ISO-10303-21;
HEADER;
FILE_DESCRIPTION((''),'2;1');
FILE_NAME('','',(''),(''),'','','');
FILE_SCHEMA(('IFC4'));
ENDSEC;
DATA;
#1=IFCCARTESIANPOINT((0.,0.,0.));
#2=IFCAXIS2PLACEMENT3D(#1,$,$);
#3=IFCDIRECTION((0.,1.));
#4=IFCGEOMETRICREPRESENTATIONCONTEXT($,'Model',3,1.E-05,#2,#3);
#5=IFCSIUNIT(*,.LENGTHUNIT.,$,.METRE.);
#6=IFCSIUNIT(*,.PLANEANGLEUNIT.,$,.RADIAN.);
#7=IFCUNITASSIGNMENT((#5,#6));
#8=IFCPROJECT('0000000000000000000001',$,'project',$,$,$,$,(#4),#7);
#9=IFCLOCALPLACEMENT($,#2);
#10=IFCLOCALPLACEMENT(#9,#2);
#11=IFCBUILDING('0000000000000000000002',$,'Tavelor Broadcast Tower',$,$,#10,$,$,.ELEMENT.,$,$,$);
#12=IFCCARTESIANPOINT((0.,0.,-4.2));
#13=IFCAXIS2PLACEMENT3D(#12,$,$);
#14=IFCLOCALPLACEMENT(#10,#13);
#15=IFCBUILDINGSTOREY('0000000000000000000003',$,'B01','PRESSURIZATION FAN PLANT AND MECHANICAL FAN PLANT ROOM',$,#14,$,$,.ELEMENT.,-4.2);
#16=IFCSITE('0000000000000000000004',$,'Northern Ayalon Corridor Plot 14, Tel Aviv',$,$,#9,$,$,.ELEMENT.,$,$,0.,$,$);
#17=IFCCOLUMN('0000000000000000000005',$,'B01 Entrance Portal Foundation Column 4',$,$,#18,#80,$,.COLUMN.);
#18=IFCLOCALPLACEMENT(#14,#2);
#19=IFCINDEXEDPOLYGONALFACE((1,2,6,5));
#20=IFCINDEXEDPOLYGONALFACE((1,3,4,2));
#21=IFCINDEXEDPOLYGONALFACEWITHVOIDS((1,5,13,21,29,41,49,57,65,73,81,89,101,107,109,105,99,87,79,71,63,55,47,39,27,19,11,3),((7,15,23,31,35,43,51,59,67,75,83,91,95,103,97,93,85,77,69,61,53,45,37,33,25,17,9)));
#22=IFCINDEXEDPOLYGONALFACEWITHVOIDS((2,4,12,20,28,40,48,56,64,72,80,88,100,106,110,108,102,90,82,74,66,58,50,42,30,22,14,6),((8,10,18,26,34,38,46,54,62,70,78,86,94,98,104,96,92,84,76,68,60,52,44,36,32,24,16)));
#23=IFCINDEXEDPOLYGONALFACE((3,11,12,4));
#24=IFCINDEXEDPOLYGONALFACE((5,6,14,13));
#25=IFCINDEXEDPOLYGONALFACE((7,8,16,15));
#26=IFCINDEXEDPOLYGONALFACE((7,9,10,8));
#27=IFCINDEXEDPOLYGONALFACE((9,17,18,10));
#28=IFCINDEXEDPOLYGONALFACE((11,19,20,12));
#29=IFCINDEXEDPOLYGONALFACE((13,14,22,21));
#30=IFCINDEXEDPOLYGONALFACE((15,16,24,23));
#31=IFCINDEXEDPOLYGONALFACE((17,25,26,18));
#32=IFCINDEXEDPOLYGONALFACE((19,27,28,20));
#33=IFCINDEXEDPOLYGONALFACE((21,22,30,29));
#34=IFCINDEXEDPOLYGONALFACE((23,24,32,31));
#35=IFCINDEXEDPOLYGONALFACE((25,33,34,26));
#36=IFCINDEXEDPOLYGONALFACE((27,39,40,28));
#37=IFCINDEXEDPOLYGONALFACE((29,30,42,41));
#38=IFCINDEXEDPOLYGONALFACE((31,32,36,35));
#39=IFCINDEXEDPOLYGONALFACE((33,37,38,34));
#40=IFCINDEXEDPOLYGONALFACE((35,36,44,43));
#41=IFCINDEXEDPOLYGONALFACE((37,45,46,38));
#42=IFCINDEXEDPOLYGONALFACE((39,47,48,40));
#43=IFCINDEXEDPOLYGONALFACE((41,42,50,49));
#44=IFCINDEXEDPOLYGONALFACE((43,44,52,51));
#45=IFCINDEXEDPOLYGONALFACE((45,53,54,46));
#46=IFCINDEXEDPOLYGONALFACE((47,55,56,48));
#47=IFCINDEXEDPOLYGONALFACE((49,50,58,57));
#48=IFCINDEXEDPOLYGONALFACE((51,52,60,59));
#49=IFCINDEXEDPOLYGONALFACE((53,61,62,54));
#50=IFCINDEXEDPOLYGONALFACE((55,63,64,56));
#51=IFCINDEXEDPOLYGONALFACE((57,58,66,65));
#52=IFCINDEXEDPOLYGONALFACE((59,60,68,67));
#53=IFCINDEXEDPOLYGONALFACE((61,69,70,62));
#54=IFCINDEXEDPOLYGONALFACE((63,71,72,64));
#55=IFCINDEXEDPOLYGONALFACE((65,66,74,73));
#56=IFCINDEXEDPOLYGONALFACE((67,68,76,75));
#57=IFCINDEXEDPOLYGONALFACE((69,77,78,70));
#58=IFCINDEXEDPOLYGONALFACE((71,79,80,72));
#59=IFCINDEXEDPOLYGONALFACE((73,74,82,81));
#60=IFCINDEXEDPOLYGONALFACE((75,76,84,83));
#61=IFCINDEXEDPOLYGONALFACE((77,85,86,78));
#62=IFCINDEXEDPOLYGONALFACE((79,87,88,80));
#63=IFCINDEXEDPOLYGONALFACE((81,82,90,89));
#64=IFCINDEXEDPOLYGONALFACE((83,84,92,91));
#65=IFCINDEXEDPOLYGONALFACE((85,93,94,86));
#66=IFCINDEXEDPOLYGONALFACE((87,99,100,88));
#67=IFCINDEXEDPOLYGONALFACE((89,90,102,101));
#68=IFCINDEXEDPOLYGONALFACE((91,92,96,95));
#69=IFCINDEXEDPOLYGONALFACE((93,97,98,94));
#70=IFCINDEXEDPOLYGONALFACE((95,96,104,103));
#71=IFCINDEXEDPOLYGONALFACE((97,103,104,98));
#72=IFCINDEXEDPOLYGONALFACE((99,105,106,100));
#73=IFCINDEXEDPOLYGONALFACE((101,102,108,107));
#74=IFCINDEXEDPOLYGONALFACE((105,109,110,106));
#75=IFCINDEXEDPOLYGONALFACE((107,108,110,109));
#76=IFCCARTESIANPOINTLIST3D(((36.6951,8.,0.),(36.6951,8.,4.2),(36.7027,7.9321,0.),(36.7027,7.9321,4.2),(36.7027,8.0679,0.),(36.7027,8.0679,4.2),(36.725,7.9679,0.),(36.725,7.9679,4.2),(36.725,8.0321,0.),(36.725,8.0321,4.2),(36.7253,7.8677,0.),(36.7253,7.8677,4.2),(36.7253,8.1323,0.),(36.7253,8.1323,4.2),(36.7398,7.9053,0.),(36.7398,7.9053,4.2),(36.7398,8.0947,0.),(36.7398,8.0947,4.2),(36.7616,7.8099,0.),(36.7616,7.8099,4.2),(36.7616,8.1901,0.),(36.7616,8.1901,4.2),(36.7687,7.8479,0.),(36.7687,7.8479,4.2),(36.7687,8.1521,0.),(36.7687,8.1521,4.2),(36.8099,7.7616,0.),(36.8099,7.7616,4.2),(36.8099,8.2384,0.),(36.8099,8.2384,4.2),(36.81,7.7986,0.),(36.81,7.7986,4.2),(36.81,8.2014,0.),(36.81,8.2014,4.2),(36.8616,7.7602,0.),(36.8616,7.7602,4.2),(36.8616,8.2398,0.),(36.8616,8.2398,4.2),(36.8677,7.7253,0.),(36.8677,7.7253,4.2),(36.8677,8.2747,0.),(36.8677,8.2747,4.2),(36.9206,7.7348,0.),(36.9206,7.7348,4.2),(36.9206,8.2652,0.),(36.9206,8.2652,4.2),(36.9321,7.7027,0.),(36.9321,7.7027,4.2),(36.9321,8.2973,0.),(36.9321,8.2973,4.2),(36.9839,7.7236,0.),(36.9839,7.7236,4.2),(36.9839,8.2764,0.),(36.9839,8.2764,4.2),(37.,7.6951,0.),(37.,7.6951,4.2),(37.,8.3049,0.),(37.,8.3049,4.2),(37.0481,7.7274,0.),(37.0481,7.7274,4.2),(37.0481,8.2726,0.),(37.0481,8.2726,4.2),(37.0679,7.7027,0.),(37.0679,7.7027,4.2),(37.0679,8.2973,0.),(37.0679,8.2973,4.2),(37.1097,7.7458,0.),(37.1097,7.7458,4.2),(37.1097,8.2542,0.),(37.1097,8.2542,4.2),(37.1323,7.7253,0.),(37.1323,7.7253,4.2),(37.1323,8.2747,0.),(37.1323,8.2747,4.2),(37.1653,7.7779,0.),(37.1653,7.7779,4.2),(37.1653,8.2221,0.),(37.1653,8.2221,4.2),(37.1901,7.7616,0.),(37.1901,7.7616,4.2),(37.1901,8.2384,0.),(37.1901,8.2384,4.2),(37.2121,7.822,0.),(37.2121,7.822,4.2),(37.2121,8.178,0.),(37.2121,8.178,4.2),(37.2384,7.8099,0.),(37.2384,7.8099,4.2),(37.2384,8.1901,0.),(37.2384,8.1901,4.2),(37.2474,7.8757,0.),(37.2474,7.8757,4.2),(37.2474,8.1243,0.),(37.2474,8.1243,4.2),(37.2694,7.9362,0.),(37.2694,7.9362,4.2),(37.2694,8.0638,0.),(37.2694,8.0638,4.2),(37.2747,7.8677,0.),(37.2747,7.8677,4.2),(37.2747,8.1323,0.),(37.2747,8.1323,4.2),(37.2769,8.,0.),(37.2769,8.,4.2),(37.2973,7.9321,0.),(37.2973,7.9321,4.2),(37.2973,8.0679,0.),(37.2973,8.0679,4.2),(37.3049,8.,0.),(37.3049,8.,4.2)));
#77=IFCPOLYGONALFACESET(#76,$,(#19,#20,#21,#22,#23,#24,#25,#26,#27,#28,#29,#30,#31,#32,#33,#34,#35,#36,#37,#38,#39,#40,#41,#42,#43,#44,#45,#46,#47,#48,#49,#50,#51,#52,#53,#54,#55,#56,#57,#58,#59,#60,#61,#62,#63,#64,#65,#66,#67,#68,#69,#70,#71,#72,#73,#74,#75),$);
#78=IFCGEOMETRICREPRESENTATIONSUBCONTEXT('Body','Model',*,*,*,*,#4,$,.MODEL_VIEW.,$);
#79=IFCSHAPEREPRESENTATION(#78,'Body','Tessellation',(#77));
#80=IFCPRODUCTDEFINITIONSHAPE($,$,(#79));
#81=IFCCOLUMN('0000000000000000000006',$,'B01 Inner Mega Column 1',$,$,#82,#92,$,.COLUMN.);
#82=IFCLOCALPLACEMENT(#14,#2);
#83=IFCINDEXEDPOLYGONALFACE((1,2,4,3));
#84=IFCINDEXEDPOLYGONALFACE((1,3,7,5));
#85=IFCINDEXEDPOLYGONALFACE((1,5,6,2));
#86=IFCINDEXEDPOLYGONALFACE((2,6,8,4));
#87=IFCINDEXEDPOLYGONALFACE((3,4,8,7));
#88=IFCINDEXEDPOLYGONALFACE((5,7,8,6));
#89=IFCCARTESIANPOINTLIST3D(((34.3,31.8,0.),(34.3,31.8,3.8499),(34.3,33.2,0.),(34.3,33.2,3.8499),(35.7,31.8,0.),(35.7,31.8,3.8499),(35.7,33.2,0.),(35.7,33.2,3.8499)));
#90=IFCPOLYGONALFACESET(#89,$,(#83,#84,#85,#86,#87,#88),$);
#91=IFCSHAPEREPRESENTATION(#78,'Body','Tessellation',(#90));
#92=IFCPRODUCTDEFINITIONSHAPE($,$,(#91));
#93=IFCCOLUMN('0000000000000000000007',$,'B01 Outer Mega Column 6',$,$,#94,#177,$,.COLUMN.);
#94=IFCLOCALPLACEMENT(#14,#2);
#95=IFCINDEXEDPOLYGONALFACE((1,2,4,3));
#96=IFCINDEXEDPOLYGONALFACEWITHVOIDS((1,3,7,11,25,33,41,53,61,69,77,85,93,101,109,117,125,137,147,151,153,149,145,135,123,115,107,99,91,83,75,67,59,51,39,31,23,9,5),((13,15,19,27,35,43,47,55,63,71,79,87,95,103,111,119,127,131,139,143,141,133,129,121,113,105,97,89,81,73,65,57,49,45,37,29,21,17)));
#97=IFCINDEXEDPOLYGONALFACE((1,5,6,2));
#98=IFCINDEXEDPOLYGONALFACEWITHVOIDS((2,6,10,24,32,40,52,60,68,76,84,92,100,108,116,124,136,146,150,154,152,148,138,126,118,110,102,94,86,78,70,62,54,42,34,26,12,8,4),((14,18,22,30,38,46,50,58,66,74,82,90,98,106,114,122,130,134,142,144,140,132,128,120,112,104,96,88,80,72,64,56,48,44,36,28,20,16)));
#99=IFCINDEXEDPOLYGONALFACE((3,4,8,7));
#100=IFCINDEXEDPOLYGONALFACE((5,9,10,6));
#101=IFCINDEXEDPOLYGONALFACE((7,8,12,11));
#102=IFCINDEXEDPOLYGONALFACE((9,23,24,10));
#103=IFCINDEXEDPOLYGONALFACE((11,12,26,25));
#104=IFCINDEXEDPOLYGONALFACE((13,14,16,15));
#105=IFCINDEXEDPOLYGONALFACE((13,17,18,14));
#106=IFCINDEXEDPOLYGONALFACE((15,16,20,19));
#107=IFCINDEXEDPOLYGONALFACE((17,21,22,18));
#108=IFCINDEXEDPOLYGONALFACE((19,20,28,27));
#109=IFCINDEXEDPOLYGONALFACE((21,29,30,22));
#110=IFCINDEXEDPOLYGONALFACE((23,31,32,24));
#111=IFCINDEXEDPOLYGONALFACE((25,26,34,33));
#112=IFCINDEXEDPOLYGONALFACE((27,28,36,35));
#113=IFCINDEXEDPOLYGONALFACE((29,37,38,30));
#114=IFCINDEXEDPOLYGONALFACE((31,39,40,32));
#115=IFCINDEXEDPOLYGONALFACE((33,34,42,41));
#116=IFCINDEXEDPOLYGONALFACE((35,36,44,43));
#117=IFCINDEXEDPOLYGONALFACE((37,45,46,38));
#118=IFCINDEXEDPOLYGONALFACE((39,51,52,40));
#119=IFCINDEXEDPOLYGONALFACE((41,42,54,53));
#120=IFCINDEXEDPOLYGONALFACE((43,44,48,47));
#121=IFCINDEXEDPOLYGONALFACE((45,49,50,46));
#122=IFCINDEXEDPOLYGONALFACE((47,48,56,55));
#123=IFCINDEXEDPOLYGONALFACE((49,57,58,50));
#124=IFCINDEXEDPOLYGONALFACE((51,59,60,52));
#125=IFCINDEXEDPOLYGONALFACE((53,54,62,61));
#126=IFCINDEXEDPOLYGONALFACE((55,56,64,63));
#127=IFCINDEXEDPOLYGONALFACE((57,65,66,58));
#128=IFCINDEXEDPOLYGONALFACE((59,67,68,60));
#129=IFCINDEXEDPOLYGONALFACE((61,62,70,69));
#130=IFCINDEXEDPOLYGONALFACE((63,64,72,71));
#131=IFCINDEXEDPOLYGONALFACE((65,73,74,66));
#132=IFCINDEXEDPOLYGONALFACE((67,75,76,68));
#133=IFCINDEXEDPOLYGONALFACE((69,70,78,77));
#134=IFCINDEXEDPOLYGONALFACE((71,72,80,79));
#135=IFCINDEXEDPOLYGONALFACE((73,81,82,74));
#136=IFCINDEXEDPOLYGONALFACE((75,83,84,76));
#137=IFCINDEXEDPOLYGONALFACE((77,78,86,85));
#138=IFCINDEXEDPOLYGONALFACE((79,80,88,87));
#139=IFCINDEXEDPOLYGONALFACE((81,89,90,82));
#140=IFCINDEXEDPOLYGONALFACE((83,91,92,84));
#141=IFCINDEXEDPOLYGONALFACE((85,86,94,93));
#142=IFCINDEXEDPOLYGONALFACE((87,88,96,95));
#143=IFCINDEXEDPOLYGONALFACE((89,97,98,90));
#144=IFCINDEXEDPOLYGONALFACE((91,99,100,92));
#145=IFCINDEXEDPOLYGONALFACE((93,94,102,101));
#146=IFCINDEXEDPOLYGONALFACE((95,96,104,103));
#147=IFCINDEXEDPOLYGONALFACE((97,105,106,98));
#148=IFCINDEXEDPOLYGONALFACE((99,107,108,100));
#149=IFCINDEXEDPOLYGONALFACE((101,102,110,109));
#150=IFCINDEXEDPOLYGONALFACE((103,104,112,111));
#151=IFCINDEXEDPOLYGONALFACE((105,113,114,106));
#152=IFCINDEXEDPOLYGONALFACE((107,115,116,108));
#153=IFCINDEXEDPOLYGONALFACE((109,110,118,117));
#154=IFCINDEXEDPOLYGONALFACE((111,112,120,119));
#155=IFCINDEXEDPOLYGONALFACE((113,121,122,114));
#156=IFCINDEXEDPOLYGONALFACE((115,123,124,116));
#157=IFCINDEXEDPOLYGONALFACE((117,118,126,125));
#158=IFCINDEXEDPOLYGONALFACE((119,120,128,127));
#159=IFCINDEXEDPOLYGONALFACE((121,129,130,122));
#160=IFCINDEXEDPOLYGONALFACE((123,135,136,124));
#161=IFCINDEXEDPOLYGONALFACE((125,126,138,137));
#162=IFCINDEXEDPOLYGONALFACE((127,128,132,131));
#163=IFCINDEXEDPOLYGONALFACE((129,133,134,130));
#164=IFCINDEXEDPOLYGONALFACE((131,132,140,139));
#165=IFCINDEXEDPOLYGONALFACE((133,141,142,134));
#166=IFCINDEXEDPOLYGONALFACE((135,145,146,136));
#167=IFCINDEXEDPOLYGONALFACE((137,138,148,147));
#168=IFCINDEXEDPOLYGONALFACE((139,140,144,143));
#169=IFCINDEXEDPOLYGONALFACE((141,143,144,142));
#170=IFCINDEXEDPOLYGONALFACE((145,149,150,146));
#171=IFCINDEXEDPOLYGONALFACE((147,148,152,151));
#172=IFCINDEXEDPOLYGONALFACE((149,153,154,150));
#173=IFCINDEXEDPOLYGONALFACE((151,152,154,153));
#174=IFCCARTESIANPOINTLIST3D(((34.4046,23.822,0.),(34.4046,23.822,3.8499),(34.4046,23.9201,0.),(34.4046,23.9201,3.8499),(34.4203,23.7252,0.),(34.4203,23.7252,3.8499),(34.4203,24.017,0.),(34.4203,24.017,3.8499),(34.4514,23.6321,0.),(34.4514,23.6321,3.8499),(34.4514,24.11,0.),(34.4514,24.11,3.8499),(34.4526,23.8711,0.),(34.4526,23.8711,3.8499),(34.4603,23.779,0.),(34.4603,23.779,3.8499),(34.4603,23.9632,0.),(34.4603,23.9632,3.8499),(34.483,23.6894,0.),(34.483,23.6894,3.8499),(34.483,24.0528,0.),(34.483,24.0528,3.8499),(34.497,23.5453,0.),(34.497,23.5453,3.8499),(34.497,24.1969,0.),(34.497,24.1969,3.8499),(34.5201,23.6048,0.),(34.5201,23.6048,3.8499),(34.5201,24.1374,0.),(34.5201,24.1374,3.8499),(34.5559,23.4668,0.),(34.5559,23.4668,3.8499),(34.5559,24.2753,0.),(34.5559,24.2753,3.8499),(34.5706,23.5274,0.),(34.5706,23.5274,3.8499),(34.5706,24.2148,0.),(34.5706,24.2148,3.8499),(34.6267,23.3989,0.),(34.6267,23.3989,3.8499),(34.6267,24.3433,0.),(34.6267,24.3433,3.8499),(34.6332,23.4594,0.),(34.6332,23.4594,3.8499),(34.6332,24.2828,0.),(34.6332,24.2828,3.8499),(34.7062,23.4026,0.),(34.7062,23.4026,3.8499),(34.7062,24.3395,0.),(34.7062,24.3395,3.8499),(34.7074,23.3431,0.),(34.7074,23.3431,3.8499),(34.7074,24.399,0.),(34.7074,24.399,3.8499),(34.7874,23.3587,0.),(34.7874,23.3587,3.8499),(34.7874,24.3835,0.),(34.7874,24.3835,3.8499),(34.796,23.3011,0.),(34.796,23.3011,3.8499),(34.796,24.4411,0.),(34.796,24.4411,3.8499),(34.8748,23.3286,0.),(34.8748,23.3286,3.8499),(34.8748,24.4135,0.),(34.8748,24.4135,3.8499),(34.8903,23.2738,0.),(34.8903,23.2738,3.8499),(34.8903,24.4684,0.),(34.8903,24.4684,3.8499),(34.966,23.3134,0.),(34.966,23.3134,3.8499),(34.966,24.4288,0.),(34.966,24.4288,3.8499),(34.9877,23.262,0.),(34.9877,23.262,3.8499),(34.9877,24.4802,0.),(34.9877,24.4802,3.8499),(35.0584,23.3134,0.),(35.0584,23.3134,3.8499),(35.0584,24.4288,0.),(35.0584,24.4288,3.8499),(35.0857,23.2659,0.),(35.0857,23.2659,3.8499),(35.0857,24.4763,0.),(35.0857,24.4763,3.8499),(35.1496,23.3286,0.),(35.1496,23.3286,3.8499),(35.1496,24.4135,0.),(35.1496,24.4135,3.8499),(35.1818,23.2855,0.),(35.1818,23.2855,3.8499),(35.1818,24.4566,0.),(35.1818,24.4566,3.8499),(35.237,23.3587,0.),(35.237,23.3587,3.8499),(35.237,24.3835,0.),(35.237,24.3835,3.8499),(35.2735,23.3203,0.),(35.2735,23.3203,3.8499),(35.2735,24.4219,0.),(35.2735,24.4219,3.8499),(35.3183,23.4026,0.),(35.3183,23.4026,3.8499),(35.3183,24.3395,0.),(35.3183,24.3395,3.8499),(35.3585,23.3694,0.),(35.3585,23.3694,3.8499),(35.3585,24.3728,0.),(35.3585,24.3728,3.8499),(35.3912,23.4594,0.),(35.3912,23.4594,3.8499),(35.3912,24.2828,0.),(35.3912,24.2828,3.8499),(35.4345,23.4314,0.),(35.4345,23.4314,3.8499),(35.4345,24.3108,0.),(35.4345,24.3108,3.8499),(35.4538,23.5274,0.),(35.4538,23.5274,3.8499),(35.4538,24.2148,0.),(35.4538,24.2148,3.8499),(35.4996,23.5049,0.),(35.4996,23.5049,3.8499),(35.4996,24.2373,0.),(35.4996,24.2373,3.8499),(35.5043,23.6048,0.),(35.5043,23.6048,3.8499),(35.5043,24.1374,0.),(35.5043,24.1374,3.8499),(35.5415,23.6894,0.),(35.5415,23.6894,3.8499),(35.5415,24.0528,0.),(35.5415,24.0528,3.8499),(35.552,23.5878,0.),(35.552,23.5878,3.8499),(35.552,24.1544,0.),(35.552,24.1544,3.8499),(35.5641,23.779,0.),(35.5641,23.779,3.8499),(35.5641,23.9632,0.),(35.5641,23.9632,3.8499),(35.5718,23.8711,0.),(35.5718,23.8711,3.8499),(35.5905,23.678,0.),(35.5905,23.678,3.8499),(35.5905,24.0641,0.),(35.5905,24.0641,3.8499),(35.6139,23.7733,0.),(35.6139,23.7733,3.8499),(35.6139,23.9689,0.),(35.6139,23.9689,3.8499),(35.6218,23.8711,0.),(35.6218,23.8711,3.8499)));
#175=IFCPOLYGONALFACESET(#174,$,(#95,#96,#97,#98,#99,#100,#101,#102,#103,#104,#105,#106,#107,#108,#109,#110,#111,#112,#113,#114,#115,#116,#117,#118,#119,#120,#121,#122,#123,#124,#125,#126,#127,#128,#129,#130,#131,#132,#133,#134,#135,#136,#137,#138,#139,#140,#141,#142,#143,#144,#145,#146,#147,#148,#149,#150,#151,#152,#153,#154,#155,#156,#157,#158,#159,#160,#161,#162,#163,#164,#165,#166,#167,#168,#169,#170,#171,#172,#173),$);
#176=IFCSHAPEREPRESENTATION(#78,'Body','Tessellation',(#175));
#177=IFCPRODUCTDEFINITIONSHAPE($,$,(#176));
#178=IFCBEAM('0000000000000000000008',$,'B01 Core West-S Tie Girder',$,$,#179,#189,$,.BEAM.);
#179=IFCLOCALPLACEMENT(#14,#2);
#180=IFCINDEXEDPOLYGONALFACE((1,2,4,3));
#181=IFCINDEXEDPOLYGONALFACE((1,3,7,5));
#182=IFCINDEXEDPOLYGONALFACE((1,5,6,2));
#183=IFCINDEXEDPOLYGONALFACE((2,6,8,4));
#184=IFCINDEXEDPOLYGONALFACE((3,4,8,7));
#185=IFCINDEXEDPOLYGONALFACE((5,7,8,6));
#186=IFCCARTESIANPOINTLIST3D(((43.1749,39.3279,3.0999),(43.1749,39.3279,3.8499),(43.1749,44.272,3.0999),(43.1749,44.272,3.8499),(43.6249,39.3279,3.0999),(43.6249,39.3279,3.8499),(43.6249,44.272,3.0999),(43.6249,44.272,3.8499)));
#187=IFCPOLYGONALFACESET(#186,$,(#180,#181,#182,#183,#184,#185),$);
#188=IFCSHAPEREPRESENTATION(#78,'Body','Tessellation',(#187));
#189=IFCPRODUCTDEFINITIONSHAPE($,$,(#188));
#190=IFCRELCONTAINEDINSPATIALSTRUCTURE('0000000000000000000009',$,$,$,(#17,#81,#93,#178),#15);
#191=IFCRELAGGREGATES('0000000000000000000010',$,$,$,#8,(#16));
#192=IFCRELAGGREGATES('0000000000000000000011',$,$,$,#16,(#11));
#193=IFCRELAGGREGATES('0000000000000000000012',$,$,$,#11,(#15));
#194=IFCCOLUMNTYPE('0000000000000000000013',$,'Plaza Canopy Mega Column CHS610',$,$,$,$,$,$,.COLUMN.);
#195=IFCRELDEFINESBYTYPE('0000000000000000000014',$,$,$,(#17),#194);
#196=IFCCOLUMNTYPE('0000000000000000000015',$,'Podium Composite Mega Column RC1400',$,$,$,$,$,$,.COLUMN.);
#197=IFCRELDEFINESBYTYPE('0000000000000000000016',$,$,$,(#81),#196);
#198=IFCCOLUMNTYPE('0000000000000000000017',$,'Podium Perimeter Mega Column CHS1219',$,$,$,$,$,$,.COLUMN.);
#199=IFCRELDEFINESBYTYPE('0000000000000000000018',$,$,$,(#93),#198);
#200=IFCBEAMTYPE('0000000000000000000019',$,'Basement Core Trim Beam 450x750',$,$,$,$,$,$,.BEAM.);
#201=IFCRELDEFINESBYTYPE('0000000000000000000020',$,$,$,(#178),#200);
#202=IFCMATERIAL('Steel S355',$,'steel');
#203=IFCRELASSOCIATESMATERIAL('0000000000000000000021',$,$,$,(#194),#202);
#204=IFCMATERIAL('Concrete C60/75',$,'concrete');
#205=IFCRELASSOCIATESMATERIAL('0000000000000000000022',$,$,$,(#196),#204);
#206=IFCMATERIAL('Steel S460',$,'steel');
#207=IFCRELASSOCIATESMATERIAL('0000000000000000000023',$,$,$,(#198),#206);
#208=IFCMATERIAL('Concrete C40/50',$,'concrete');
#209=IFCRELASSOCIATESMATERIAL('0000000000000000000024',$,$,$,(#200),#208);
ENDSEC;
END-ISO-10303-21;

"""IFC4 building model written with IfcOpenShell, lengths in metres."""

from ifc_helpers import new_model, si_unit, direction, frame, origin, origin_2d, place, context, subcontext, project, spatial, rectangle, hollow_circle, extrude, material, material_profile, profile_set, type_object, element, save


model = new_model("IFC4")

# Units and contexts
model_context = context("Model", 3, precision=1e-05, world=origin(), true_north=direction((0.0, 1.0)))
body_context = subcontext(model_context, "Body", "Model", "MODEL_VIEW")
ifc_project = project(units=[si_unit("LENGTHUNIT", "METRE"), si_unit("PLANEANGLEUNIT", "RADIAN")], contexts=[model_context])

# Site, building, storey
site_placement = place(None, origin())
site = spatial("IfcSite", under=ifc_project, at=site_placement, Name="Northern Ayalon Corridor Plot 14, Tel Aviv", CompositionType="ELEMENT", RefElevation=0.0)
building_placement = place(site_placement, origin())
building = spatial("IfcBuilding", under=site, at=building_placement, Name="Tavelor Broadcast Tower", CompositionType="ELEMENT")
storey_placement = place(building_placement, frame((0.0, 0.0, -4.2)))
storey = spatial("IfcBuildingStorey", under=building, at=storey_placement, Name="B01", Description="PRESSURIZATION FAN PLANT AND MECHANICAL FAN PLANT ROOM", CompositionType="ELEMENT", Elevation=-4.2)

# Columns
ifc_material_1 = material(Name="Steel S355", Category="steel")
ifc_material_profile_1 = material_profile(ifc_material_1, hollow_circle(Radius=0.3049, WallThickness=0.0281, at=origin_2d()), Name="CHS 610x28")
ifc_profile_set_1 = profile_set([ifc_material_profile_1], Name="Steel S355")
column_type_1 = type_object("IfcColumnType", Name="Plaza Canopy Mega Column CHS610", PredefinedType="COLUMN", material=ifc_profile_set_1)
column_1_placement = place(storey_placement, frame((37.0, 8.0, 0.0), z_axis=(0.0, 0.0, 1.0), x_axis=(1.0, 0.0, 0.0)))
element("IfcColumn", 1, at=column_1_placement, inside=storey, type_object=column_type_1, Name="B01 Entrance Portal Foundation Column 4", PredefinedType="COLUMN", context=body_context, shape_type="SweptSolid", body=[
    extrude(hollow_circle(Radius=0.3049, WallThickness=0.0281, at=origin_2d()), origin(), (0.0, 0.0, 1.0), 4.2),
])
ifc_material_2 = material(Name="Concrete C60/75", Category="concrete")
ifc_material_profile_2 = material_profile(ifc_material_2, rectangle(XDim=1.3999, YDim=1.3999, at=origin_2d()), Name="RC 1400x1400")
ifc_profile_set_2 = profile_set([ifc_material_profile_2], Name="Concrete C60/75")
column_type_2 = type_object("IfcColumnType", Name="Podium Composite Mega Column RC1400", PredefinedType="COLUMN", material=ifc_profile_set_2)
column_2_placement = place(storey_placement, frame((35.0, 32.5, 0.0), z_axis=(0.0, 0.0, 1.0), x_axis=(1.0, 0.0, 0.0)))
element("IfcColumn", 2, at=column_2_placement, inside=storey, type_object=column_type_2, Name="B01 Inner Mega Column 1", PredefinedType="COLUMN", context=body_context, shape_type="SweptSolid", body=[
    extrude(rectangle(XDim=1.3999, YDim=1.3999, at=origin_2d()), origin(), (0.0, 0.0, 1.0), 3.8499),
])
ifc_material_3 = material(Name="Steel S460", Category="steel")
ifc_material_profile_3 = material_profile(ifc_material_3, hollow_circle(Radius=0.6096, WallThickness=0.05, at=origin_2d()), Name="CHS 1219x50")
ifc_profile_set_3 = profile_set([ifc_material_profile_3], Name="Steel S460")
column_type_3 = type_object("IfcColumnType", Name="Podium Perimeter Mega Column CHS1219", PredefinedType="COLUMN", material=ifc_profile_set_3)
column_3_placement = place(storey_placement, frame((35.0122, 23.8711, 0.0), z_axis=(0.0, 0.0, 1.0), x_axis=(1.0, 0.0, 0.0)))
element("IfcColumn", 3, at=column_3_placement, inside=storey, type_object=column_type_3, Name="B01 Outer Mega Column 6", PredefinedType="COLUMN", context=body_context, shape_type="SweptSolid", body=[
    extrude(hollow_circle(Radius=0.6096, WallThickness=0.05, at=origin_2d()), origin(), (0.0, 0.0, 1.0), 3.8499),
])

# Beam
ifc_material_4 = material(Name="Concrete C40/50", Category="concrete")
ifc_material_profile_4 = material_profile(ifc_material_4, rectangle(XDim=0.45, YDim=0.75, at=origin_2d()), Name="RC 450x750")
ifc_profile_set_4 = profile_set([ifc_material_profile_4], Name="Concrete C40/50")
beam_type_1 = type_object("IfcBeamType", Name="Basement Core Trim Beam 450x750", PredefinedType="BEAM", material=ifc_profile_set_4)
beam_1_placement = place(storey_placement, frame((43.3999, 39.3279, 3.4749), z_axis=(0.0, 1.0, 0.0), x_axis=(-1.0, 0.0, 0.0)))
element("IfcBeam", 4, at=beam_1_placement, inside=storey, type_object=beam_type_1, Name="B01 Core West-S Tie Girder", PredefinedType="BEAM", context=body_context, shape_type="SweptSolid", body=[
    extrude(rectangle(XDim=0.45, YDim=0.75, at=origin_2d()), origin(), (0.0, 0.0, 1.0), 4.9441),
])

save(model, "model.ifc")
